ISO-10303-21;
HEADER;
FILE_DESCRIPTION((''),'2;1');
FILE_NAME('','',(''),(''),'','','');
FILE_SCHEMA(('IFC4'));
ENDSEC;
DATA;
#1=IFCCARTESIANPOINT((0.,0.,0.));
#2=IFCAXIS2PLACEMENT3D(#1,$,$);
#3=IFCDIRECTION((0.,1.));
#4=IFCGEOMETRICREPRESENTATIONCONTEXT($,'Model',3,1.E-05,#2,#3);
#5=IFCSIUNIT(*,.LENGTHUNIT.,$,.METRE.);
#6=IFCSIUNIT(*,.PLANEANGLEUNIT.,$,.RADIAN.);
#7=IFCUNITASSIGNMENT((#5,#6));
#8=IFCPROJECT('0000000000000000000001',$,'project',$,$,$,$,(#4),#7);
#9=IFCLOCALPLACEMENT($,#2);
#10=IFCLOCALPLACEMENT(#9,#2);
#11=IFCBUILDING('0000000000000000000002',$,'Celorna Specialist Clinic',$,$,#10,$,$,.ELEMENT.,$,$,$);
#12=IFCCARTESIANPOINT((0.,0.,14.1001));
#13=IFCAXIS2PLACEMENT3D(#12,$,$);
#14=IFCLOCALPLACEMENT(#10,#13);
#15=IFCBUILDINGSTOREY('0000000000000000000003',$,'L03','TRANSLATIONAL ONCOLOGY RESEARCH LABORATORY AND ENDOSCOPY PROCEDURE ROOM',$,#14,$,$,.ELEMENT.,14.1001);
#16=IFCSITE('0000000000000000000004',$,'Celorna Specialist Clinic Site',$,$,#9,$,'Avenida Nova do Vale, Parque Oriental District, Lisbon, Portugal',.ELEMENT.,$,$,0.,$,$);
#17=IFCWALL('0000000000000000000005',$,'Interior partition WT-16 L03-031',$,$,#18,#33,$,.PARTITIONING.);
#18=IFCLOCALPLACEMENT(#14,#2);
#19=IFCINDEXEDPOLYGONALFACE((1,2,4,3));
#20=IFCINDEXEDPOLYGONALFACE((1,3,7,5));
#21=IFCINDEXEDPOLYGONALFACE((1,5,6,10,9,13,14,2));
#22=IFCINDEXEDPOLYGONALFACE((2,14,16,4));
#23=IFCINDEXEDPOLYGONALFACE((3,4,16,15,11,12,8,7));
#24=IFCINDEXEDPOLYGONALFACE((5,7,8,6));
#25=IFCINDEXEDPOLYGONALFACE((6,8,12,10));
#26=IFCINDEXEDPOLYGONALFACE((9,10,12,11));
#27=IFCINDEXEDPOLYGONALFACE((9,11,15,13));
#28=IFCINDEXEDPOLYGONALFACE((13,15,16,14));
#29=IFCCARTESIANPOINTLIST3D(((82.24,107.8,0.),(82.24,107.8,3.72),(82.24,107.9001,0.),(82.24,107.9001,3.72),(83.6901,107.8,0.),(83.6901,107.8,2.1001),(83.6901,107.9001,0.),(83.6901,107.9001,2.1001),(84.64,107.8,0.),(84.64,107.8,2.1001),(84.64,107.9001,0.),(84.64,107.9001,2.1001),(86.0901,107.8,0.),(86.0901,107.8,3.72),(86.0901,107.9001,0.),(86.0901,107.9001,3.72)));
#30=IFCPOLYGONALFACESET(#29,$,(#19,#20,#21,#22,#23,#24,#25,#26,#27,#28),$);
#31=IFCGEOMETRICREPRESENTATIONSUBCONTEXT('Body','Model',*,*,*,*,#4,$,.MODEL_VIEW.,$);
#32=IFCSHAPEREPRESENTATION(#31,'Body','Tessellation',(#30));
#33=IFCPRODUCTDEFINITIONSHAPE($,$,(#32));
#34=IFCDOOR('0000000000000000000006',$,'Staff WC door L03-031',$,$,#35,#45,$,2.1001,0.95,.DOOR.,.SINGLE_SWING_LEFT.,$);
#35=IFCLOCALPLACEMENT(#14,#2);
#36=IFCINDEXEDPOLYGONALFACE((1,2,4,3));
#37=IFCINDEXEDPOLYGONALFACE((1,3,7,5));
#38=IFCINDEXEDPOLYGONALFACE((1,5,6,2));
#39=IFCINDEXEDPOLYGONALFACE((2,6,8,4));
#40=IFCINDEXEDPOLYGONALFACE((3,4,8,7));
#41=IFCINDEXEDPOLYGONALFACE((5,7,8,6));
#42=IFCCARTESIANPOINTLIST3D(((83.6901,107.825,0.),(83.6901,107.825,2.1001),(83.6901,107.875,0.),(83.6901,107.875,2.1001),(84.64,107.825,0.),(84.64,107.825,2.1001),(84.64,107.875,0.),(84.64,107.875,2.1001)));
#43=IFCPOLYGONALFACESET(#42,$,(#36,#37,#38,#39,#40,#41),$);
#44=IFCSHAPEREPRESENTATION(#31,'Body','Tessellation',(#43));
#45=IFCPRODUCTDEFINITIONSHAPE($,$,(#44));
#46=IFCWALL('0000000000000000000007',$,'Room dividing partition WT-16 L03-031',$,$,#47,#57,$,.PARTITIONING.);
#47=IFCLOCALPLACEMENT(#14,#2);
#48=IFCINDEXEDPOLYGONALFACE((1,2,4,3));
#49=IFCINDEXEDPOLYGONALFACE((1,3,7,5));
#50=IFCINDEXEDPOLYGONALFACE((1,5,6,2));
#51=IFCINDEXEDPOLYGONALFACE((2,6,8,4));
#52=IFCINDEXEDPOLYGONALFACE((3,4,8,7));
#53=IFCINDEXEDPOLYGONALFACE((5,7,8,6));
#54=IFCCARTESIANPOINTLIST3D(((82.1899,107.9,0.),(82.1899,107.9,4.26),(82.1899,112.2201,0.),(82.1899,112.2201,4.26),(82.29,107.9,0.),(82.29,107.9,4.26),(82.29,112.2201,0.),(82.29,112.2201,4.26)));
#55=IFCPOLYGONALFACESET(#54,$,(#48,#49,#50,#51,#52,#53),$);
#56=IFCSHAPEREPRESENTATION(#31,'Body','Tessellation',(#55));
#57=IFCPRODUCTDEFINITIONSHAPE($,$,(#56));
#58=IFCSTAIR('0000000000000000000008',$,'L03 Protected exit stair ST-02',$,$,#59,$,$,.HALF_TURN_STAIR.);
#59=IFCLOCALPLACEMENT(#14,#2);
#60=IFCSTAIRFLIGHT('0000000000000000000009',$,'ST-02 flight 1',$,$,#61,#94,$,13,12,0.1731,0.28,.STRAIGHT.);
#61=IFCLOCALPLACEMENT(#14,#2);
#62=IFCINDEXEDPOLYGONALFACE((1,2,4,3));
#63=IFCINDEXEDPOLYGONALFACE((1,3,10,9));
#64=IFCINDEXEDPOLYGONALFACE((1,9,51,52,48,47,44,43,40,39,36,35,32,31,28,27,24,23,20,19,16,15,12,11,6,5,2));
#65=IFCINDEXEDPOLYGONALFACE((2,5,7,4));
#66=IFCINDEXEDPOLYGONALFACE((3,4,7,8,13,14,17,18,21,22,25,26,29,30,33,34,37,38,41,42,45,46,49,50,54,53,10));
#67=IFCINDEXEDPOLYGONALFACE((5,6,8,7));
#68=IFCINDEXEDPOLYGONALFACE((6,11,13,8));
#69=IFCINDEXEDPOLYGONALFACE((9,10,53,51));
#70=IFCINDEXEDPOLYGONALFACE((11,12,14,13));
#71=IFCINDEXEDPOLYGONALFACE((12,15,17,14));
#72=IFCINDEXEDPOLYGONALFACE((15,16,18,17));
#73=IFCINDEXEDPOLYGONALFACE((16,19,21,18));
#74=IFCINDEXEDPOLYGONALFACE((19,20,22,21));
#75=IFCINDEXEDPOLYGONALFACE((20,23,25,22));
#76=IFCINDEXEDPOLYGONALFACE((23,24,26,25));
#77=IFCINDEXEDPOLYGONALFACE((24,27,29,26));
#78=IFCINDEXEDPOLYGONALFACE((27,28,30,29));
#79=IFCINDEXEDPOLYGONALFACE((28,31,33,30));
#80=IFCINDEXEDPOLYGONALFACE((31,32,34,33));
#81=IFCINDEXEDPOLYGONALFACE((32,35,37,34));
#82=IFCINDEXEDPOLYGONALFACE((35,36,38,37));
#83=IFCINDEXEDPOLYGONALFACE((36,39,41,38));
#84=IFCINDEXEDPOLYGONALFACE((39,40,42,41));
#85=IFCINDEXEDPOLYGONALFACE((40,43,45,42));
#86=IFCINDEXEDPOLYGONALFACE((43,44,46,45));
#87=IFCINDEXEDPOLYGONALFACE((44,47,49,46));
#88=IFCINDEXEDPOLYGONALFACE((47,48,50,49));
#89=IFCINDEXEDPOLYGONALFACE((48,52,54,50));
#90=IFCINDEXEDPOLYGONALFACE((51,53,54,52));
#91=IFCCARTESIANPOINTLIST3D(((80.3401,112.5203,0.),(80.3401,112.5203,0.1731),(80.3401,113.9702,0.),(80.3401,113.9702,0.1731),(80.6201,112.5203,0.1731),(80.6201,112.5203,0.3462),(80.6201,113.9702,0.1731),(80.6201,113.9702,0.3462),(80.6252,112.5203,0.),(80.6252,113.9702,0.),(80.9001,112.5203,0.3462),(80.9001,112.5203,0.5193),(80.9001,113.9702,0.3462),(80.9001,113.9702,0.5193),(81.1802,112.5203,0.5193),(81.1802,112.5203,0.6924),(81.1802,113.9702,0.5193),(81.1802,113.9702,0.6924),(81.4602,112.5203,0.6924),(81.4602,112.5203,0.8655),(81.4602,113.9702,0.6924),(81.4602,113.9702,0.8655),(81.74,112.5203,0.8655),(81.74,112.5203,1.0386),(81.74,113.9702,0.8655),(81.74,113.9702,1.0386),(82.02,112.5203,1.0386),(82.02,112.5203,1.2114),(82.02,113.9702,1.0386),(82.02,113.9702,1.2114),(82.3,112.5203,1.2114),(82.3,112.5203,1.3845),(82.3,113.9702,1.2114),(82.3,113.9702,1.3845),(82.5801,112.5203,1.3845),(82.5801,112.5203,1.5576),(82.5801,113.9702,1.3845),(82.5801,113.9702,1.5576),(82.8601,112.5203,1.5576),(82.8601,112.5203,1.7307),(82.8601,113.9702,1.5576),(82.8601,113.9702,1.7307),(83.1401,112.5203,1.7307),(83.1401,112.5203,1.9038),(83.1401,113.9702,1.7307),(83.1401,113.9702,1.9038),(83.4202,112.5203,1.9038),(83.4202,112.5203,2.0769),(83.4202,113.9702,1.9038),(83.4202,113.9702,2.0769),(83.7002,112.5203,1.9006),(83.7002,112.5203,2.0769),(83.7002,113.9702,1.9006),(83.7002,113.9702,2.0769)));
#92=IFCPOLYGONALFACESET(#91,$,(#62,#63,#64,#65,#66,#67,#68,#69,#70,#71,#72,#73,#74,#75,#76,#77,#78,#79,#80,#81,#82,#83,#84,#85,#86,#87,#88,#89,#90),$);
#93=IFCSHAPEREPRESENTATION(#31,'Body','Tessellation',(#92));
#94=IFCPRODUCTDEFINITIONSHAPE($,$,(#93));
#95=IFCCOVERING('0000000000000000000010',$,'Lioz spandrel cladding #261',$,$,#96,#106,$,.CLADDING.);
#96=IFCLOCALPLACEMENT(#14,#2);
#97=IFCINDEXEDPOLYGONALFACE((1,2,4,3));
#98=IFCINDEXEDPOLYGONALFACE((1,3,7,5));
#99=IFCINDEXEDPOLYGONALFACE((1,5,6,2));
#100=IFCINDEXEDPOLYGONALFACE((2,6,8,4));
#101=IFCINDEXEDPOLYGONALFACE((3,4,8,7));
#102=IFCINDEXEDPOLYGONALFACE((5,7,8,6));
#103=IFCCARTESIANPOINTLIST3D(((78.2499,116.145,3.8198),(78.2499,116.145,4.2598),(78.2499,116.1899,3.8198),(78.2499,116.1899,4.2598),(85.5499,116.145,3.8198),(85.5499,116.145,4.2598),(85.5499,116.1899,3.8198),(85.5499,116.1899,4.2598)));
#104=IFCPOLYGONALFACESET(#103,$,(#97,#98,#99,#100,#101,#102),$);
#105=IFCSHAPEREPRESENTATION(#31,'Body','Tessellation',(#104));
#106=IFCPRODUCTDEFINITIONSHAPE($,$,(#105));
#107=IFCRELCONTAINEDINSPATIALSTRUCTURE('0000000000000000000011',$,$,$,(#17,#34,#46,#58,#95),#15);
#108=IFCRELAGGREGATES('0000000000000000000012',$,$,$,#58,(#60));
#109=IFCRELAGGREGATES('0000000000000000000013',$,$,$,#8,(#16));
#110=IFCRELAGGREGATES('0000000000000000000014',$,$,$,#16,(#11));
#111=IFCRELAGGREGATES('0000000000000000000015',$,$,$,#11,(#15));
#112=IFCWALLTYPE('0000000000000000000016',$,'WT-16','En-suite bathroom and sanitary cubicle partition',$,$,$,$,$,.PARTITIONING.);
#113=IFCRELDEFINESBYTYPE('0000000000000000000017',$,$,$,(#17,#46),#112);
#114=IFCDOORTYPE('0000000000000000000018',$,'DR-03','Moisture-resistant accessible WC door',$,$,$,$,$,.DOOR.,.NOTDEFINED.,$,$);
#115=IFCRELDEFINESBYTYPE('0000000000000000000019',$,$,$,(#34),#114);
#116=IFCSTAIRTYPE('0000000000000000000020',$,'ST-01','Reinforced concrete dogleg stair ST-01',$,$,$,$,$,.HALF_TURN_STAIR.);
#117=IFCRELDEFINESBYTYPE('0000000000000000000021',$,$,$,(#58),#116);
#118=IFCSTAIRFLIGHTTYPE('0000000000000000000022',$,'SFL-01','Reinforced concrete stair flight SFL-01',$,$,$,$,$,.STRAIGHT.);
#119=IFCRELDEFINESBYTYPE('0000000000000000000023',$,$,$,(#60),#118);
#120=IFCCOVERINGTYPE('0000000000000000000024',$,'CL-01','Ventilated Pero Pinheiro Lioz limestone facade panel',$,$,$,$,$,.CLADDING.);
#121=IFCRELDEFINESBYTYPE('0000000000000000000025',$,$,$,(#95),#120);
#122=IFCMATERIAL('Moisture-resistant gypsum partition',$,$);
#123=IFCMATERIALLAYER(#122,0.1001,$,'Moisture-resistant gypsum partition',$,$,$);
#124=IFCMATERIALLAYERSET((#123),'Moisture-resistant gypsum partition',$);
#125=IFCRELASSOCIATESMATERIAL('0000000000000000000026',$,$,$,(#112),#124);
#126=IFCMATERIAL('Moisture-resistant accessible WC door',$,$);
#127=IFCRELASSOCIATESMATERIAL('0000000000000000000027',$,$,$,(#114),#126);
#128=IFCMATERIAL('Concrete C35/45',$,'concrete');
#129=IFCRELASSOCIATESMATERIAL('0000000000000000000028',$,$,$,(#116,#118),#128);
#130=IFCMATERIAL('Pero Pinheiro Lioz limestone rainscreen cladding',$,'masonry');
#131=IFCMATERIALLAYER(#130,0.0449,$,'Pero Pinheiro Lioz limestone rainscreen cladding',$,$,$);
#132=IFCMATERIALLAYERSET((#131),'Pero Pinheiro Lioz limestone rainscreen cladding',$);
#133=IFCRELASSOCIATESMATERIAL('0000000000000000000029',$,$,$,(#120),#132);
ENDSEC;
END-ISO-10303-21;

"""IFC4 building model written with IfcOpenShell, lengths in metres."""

from ifc_helpers import new_model, si_unit, direction, frame, frame_2d, origin, origin_2d, place, context, subcontext, project, spatial, polyline, rectangle, outline, extrude, material, layer, layer_set, type_object, element, fill, aggregate, save


model = new_model("IFC4")

# Units and contexts
model_context = context("Model", 3, precision=1e-05, world=origin(), true_north=direction((0.0, 1.0)))
body_context = subcontext(model_context, "Body", "Model", "MODEL_VIEW")
ifc_project = project(units=[si_unit("LENGTHUNIT", "METRE"), si_unit("PLANEANGLEUNIT", "RADIAN")], contexts=[model_context])

# Site, building, storey
site_placement = place(None, origin())
site = spatial("IfcSite", under=ifc_project, at=site_placement, Name="Celorna Specialist Clinic Site", LongName="Avenida Nova do Vale, Parque Oriental District, Lisbon, Portugal", CompositionType="ELEMENT", RefElevation=0.0)
building_placement = place(site_placement, origin())
building = spatial("IfcBuilding", under=site, at=building_placement, Name="Celorna Specialist Clinic", CompositionType="ELEMENT")
storey_placement = place(building_placement, frame((0.0, 0.0, 14.1001)))
storey = spatial("IfcBuildingStorey", under=building, at=storey_placement, Name="L03", Description="TRANSLATIONAL ONCOLOGY RESEARCH LABORATORY AND ENDOSCOPY PROCEDURE ROOM", CompositionType="ELEMENT", Elevation=14.1001)

# Shared definitions
ifc_material_1 = material(Name="Concrete C35/45", Category="concrete")

# Wall, opening, door
ifc_material_2 = material(Name="Moisture-resistant gypsum partition")
ifc_layer_1 = layer(ifc_material_2, 0.1001, Name="Moisture-resistant gypsum partition")
ifc_layer_set_1 = layer_set([ifc_layer_1], Name="Moisture-resistant gypsum partition")
wall_type_1 = type_object("IfcWallType", Name="WT-16", Description="En-suite bathroom and sanitary cubicle partition", PredefinedType="PARTITIONING", material=ifc_layer_set_1)
wall_1_placement = place(storey_placement, frame((82.24, 107.8501, 0.0), z_axis=(0.0, 0.0, 1.0), x_axis=(1.0, 0.0, 0.0)))
wall_1 = element("IfcWall", 1, at=wall_1_placement, inside=storey, type_object=wall_type_1, Name="Interior partition WT-16 L03-031", PredefinedType="PARTITIONING", context=body_context, shape_type="SweptSolid", body=[
    extrude(rectangle(XDim=3.8501, YDim=0.1001, at=frame_2d((1.925, 0.0))), origin(), (0.0, 0.0, 1.0), 3.72),
])
opening_1_placement = place(wall_1_placement, frame((1.45, 0.0, 0.0)))
opening_1 = element("IfcOpeningElement", 2, at=opening_1_placement, cuts=wall_1, PredefinedType="OPENING", context=body_context, shape_type="SweptSolid", body=[
    extrude(rectangle(XDim=0.95, YDim=2.1001, at=frame_2d((0.4751, 1.05))), frame((0.0, 0.0601, 0.0), z_axis=(0.0, -1.0, 0.0), x_axis=(1.0, 0.0, 0.0)), (0.0, 0.0, 1.0), 0.1201),
])
ifc_material_3 = material(Name="Moisture-resistant accessible WC door")
door_type_1 = type_object("IfcDoorType", Name="DR-03", Description="Moisture-resistant accessible WC door", OperationType="NOTDEFINED", PredefinedType="DOOR", material=ifc_material_3)
door_1_placement = place(opening_1_placement, origin())
door_1 = element("IfcDoor", 3, at=door_1_placement, inside=storey, type_object=door_type_1, Name="Staff WC door L03-031", OperationType="SINGLE_SWING_LEFT", OverallHeight=2.1001, OverallWidth=0.95, PredefinedType="DOOR", context=body_context, shape_type="SweptSolid", body=[
    extrude(rectangle(XDim=0.95, YDim=2.1001, at=frame_2d((0.4751, 1.05))), frame((0.0, 0.0249, 0.0), z_axis=(0.0, -1.0, 0.0), x_axis=(1.0, 0.0, 0.0)), (0.0, 0.0, 1.0), 0.05),
])
fill(opening_1, door_1)

# Wall
wall_2_placement = place(storey_placement, frame((82.24, 107.8999, 0.0), z_axis=(0.0, 0.0, 1.0), x_axis=(0.0, 1.0, 0.0)))
element("IfcWall", 4, at=wall_2_placement, inside=storey, type_object=wall_type_1, Name="Room dividing partition WT-16 L03-031", PredefinedType="PARTITIONING", context=body_context, shape_type="SweptSolid", body=[
    extrude(rectangle(XDim=4.3201, YDim=0.1001, at=frame_2d((2.1602, 0.0))), origin(), (0.0, 0.0, 1.0), 4.26),
])

# Stair, stair flight
stair_type = type_object("IfcStairType", Name="ST-01", Description="Reinforced concrete dogleg stair ST-01", PredefinedType="HALF_TURN_STAIR", material=ifc_material_1)
stair_placement = place(storey_placement, origin())
stair = element("IfcStair", 5, at=stair_placement, inside=storey, type_object=stair_type, Name="L03 Protected exit stair ST-02", PredefinedType="HALF_TURN_STAIR")
stair_flight_type = type_object("IfcStairFlightType", Name="SFL-01", Description="Reinforced concrete stair flight SFL-01", PredefinedType="STRAIGHT", material=ifc_material_1)
stair_flight_placement = place(storey_placement, frame((80.3401, 113.2451, 0.0), z_axis=(0.0, 0.0, 1.0), x_axis=(1.0, 0.0, 0.0)))
stair_flight = element("IfcStairFlight", 6, at=stair_flight_placement, type_object=stair_flight_type, Name="ST-02 flight 1", NumberOfRisers=13, NumberOfTreads=12, PredefinedType="STRAIGHT", RiserHeight=0.1731, TreadLength=0.28, context=body_context, shape_type="SweptSolid", body=[
    extrude(outline(polyline([(0.0, 0.0), (0.0, 0.1731), (0.28, 0.1731), (0.28, 0.3462), (0.5601, 0.3462), (0.5601, 0.5193), (0.8401, 0.5193), (0.8401, 0.6924), (1.1201, 0.6924), (1.1201, 0.8655), (1.3999, 0.8655), (1.3999, 1.0386), (1.6799, 1.0386), (1.6799, 1.2114), (1.96, 1.2114), (1.96, 1.3845), (2.24, 1.3845), (2.24, 1.5576), (2.52, 1.5576), (2.52, 1.7307), (2.8, 1.7307), (2.8, 1.9038), (3.0801, 1.9038), (3.0801, 2.0769), (3.3601, 2.0769), (3.3601, 2.25), (3.3601, 1.9006), (0.2852, 0.0), (0.0, 0.0)])), frame((0.0, 0.7251, 0.0), z_axis=(0.0, -1.0, 0.0), x_axis=(1.0, 0.0, 0.0)), (0.0, 0.0, 1.0), 1.45),
])
aggregate(stair, [stair_flight])

# Covering
ifc_material_4 = material(Name="Pero Pinheiro Lioz limestone rainscreen cladding", Category="masonry")
ifc_layer_2 = layer(ifc_material_4, 0.0449, Name="Pero Pinheiro Lioz limestone rainscreen cladding")
ifc_layer_set_2 = layer_set([ifc_layer_2], Name="Pero Pinheiro Lioz limestone rainscreen cladding")
covering_type = type_object("IfcCoveringType", Name="CL-01", Description="Ventilated Pero Pinheiro Lioz limestone facade panel", PredefinedType="CLADDING", material=ifc_layer_set_2)
covering_placement = place(storey_placement, frame((81.8999, 116.1675, 3.8198), z_axis=(0.0, 0.0, 1.0), x_axis=(1.0, 0.0, 0.0)))
element("IfcCovering", 7, at=covering_placement, inside=storey, type_object=covering_type, Name="Lioz spandrel cladding #261", PredefinedType="CLADDING", context=body_context, shape_type="SweptSolid", body=[
    extrude(rectangle(XDim=7.3, YDim=0.0449, at=origin_2d()), origin(), (0.0, 0.0, 1.0), 0.4399),
])

save(model, "model.ifc")
